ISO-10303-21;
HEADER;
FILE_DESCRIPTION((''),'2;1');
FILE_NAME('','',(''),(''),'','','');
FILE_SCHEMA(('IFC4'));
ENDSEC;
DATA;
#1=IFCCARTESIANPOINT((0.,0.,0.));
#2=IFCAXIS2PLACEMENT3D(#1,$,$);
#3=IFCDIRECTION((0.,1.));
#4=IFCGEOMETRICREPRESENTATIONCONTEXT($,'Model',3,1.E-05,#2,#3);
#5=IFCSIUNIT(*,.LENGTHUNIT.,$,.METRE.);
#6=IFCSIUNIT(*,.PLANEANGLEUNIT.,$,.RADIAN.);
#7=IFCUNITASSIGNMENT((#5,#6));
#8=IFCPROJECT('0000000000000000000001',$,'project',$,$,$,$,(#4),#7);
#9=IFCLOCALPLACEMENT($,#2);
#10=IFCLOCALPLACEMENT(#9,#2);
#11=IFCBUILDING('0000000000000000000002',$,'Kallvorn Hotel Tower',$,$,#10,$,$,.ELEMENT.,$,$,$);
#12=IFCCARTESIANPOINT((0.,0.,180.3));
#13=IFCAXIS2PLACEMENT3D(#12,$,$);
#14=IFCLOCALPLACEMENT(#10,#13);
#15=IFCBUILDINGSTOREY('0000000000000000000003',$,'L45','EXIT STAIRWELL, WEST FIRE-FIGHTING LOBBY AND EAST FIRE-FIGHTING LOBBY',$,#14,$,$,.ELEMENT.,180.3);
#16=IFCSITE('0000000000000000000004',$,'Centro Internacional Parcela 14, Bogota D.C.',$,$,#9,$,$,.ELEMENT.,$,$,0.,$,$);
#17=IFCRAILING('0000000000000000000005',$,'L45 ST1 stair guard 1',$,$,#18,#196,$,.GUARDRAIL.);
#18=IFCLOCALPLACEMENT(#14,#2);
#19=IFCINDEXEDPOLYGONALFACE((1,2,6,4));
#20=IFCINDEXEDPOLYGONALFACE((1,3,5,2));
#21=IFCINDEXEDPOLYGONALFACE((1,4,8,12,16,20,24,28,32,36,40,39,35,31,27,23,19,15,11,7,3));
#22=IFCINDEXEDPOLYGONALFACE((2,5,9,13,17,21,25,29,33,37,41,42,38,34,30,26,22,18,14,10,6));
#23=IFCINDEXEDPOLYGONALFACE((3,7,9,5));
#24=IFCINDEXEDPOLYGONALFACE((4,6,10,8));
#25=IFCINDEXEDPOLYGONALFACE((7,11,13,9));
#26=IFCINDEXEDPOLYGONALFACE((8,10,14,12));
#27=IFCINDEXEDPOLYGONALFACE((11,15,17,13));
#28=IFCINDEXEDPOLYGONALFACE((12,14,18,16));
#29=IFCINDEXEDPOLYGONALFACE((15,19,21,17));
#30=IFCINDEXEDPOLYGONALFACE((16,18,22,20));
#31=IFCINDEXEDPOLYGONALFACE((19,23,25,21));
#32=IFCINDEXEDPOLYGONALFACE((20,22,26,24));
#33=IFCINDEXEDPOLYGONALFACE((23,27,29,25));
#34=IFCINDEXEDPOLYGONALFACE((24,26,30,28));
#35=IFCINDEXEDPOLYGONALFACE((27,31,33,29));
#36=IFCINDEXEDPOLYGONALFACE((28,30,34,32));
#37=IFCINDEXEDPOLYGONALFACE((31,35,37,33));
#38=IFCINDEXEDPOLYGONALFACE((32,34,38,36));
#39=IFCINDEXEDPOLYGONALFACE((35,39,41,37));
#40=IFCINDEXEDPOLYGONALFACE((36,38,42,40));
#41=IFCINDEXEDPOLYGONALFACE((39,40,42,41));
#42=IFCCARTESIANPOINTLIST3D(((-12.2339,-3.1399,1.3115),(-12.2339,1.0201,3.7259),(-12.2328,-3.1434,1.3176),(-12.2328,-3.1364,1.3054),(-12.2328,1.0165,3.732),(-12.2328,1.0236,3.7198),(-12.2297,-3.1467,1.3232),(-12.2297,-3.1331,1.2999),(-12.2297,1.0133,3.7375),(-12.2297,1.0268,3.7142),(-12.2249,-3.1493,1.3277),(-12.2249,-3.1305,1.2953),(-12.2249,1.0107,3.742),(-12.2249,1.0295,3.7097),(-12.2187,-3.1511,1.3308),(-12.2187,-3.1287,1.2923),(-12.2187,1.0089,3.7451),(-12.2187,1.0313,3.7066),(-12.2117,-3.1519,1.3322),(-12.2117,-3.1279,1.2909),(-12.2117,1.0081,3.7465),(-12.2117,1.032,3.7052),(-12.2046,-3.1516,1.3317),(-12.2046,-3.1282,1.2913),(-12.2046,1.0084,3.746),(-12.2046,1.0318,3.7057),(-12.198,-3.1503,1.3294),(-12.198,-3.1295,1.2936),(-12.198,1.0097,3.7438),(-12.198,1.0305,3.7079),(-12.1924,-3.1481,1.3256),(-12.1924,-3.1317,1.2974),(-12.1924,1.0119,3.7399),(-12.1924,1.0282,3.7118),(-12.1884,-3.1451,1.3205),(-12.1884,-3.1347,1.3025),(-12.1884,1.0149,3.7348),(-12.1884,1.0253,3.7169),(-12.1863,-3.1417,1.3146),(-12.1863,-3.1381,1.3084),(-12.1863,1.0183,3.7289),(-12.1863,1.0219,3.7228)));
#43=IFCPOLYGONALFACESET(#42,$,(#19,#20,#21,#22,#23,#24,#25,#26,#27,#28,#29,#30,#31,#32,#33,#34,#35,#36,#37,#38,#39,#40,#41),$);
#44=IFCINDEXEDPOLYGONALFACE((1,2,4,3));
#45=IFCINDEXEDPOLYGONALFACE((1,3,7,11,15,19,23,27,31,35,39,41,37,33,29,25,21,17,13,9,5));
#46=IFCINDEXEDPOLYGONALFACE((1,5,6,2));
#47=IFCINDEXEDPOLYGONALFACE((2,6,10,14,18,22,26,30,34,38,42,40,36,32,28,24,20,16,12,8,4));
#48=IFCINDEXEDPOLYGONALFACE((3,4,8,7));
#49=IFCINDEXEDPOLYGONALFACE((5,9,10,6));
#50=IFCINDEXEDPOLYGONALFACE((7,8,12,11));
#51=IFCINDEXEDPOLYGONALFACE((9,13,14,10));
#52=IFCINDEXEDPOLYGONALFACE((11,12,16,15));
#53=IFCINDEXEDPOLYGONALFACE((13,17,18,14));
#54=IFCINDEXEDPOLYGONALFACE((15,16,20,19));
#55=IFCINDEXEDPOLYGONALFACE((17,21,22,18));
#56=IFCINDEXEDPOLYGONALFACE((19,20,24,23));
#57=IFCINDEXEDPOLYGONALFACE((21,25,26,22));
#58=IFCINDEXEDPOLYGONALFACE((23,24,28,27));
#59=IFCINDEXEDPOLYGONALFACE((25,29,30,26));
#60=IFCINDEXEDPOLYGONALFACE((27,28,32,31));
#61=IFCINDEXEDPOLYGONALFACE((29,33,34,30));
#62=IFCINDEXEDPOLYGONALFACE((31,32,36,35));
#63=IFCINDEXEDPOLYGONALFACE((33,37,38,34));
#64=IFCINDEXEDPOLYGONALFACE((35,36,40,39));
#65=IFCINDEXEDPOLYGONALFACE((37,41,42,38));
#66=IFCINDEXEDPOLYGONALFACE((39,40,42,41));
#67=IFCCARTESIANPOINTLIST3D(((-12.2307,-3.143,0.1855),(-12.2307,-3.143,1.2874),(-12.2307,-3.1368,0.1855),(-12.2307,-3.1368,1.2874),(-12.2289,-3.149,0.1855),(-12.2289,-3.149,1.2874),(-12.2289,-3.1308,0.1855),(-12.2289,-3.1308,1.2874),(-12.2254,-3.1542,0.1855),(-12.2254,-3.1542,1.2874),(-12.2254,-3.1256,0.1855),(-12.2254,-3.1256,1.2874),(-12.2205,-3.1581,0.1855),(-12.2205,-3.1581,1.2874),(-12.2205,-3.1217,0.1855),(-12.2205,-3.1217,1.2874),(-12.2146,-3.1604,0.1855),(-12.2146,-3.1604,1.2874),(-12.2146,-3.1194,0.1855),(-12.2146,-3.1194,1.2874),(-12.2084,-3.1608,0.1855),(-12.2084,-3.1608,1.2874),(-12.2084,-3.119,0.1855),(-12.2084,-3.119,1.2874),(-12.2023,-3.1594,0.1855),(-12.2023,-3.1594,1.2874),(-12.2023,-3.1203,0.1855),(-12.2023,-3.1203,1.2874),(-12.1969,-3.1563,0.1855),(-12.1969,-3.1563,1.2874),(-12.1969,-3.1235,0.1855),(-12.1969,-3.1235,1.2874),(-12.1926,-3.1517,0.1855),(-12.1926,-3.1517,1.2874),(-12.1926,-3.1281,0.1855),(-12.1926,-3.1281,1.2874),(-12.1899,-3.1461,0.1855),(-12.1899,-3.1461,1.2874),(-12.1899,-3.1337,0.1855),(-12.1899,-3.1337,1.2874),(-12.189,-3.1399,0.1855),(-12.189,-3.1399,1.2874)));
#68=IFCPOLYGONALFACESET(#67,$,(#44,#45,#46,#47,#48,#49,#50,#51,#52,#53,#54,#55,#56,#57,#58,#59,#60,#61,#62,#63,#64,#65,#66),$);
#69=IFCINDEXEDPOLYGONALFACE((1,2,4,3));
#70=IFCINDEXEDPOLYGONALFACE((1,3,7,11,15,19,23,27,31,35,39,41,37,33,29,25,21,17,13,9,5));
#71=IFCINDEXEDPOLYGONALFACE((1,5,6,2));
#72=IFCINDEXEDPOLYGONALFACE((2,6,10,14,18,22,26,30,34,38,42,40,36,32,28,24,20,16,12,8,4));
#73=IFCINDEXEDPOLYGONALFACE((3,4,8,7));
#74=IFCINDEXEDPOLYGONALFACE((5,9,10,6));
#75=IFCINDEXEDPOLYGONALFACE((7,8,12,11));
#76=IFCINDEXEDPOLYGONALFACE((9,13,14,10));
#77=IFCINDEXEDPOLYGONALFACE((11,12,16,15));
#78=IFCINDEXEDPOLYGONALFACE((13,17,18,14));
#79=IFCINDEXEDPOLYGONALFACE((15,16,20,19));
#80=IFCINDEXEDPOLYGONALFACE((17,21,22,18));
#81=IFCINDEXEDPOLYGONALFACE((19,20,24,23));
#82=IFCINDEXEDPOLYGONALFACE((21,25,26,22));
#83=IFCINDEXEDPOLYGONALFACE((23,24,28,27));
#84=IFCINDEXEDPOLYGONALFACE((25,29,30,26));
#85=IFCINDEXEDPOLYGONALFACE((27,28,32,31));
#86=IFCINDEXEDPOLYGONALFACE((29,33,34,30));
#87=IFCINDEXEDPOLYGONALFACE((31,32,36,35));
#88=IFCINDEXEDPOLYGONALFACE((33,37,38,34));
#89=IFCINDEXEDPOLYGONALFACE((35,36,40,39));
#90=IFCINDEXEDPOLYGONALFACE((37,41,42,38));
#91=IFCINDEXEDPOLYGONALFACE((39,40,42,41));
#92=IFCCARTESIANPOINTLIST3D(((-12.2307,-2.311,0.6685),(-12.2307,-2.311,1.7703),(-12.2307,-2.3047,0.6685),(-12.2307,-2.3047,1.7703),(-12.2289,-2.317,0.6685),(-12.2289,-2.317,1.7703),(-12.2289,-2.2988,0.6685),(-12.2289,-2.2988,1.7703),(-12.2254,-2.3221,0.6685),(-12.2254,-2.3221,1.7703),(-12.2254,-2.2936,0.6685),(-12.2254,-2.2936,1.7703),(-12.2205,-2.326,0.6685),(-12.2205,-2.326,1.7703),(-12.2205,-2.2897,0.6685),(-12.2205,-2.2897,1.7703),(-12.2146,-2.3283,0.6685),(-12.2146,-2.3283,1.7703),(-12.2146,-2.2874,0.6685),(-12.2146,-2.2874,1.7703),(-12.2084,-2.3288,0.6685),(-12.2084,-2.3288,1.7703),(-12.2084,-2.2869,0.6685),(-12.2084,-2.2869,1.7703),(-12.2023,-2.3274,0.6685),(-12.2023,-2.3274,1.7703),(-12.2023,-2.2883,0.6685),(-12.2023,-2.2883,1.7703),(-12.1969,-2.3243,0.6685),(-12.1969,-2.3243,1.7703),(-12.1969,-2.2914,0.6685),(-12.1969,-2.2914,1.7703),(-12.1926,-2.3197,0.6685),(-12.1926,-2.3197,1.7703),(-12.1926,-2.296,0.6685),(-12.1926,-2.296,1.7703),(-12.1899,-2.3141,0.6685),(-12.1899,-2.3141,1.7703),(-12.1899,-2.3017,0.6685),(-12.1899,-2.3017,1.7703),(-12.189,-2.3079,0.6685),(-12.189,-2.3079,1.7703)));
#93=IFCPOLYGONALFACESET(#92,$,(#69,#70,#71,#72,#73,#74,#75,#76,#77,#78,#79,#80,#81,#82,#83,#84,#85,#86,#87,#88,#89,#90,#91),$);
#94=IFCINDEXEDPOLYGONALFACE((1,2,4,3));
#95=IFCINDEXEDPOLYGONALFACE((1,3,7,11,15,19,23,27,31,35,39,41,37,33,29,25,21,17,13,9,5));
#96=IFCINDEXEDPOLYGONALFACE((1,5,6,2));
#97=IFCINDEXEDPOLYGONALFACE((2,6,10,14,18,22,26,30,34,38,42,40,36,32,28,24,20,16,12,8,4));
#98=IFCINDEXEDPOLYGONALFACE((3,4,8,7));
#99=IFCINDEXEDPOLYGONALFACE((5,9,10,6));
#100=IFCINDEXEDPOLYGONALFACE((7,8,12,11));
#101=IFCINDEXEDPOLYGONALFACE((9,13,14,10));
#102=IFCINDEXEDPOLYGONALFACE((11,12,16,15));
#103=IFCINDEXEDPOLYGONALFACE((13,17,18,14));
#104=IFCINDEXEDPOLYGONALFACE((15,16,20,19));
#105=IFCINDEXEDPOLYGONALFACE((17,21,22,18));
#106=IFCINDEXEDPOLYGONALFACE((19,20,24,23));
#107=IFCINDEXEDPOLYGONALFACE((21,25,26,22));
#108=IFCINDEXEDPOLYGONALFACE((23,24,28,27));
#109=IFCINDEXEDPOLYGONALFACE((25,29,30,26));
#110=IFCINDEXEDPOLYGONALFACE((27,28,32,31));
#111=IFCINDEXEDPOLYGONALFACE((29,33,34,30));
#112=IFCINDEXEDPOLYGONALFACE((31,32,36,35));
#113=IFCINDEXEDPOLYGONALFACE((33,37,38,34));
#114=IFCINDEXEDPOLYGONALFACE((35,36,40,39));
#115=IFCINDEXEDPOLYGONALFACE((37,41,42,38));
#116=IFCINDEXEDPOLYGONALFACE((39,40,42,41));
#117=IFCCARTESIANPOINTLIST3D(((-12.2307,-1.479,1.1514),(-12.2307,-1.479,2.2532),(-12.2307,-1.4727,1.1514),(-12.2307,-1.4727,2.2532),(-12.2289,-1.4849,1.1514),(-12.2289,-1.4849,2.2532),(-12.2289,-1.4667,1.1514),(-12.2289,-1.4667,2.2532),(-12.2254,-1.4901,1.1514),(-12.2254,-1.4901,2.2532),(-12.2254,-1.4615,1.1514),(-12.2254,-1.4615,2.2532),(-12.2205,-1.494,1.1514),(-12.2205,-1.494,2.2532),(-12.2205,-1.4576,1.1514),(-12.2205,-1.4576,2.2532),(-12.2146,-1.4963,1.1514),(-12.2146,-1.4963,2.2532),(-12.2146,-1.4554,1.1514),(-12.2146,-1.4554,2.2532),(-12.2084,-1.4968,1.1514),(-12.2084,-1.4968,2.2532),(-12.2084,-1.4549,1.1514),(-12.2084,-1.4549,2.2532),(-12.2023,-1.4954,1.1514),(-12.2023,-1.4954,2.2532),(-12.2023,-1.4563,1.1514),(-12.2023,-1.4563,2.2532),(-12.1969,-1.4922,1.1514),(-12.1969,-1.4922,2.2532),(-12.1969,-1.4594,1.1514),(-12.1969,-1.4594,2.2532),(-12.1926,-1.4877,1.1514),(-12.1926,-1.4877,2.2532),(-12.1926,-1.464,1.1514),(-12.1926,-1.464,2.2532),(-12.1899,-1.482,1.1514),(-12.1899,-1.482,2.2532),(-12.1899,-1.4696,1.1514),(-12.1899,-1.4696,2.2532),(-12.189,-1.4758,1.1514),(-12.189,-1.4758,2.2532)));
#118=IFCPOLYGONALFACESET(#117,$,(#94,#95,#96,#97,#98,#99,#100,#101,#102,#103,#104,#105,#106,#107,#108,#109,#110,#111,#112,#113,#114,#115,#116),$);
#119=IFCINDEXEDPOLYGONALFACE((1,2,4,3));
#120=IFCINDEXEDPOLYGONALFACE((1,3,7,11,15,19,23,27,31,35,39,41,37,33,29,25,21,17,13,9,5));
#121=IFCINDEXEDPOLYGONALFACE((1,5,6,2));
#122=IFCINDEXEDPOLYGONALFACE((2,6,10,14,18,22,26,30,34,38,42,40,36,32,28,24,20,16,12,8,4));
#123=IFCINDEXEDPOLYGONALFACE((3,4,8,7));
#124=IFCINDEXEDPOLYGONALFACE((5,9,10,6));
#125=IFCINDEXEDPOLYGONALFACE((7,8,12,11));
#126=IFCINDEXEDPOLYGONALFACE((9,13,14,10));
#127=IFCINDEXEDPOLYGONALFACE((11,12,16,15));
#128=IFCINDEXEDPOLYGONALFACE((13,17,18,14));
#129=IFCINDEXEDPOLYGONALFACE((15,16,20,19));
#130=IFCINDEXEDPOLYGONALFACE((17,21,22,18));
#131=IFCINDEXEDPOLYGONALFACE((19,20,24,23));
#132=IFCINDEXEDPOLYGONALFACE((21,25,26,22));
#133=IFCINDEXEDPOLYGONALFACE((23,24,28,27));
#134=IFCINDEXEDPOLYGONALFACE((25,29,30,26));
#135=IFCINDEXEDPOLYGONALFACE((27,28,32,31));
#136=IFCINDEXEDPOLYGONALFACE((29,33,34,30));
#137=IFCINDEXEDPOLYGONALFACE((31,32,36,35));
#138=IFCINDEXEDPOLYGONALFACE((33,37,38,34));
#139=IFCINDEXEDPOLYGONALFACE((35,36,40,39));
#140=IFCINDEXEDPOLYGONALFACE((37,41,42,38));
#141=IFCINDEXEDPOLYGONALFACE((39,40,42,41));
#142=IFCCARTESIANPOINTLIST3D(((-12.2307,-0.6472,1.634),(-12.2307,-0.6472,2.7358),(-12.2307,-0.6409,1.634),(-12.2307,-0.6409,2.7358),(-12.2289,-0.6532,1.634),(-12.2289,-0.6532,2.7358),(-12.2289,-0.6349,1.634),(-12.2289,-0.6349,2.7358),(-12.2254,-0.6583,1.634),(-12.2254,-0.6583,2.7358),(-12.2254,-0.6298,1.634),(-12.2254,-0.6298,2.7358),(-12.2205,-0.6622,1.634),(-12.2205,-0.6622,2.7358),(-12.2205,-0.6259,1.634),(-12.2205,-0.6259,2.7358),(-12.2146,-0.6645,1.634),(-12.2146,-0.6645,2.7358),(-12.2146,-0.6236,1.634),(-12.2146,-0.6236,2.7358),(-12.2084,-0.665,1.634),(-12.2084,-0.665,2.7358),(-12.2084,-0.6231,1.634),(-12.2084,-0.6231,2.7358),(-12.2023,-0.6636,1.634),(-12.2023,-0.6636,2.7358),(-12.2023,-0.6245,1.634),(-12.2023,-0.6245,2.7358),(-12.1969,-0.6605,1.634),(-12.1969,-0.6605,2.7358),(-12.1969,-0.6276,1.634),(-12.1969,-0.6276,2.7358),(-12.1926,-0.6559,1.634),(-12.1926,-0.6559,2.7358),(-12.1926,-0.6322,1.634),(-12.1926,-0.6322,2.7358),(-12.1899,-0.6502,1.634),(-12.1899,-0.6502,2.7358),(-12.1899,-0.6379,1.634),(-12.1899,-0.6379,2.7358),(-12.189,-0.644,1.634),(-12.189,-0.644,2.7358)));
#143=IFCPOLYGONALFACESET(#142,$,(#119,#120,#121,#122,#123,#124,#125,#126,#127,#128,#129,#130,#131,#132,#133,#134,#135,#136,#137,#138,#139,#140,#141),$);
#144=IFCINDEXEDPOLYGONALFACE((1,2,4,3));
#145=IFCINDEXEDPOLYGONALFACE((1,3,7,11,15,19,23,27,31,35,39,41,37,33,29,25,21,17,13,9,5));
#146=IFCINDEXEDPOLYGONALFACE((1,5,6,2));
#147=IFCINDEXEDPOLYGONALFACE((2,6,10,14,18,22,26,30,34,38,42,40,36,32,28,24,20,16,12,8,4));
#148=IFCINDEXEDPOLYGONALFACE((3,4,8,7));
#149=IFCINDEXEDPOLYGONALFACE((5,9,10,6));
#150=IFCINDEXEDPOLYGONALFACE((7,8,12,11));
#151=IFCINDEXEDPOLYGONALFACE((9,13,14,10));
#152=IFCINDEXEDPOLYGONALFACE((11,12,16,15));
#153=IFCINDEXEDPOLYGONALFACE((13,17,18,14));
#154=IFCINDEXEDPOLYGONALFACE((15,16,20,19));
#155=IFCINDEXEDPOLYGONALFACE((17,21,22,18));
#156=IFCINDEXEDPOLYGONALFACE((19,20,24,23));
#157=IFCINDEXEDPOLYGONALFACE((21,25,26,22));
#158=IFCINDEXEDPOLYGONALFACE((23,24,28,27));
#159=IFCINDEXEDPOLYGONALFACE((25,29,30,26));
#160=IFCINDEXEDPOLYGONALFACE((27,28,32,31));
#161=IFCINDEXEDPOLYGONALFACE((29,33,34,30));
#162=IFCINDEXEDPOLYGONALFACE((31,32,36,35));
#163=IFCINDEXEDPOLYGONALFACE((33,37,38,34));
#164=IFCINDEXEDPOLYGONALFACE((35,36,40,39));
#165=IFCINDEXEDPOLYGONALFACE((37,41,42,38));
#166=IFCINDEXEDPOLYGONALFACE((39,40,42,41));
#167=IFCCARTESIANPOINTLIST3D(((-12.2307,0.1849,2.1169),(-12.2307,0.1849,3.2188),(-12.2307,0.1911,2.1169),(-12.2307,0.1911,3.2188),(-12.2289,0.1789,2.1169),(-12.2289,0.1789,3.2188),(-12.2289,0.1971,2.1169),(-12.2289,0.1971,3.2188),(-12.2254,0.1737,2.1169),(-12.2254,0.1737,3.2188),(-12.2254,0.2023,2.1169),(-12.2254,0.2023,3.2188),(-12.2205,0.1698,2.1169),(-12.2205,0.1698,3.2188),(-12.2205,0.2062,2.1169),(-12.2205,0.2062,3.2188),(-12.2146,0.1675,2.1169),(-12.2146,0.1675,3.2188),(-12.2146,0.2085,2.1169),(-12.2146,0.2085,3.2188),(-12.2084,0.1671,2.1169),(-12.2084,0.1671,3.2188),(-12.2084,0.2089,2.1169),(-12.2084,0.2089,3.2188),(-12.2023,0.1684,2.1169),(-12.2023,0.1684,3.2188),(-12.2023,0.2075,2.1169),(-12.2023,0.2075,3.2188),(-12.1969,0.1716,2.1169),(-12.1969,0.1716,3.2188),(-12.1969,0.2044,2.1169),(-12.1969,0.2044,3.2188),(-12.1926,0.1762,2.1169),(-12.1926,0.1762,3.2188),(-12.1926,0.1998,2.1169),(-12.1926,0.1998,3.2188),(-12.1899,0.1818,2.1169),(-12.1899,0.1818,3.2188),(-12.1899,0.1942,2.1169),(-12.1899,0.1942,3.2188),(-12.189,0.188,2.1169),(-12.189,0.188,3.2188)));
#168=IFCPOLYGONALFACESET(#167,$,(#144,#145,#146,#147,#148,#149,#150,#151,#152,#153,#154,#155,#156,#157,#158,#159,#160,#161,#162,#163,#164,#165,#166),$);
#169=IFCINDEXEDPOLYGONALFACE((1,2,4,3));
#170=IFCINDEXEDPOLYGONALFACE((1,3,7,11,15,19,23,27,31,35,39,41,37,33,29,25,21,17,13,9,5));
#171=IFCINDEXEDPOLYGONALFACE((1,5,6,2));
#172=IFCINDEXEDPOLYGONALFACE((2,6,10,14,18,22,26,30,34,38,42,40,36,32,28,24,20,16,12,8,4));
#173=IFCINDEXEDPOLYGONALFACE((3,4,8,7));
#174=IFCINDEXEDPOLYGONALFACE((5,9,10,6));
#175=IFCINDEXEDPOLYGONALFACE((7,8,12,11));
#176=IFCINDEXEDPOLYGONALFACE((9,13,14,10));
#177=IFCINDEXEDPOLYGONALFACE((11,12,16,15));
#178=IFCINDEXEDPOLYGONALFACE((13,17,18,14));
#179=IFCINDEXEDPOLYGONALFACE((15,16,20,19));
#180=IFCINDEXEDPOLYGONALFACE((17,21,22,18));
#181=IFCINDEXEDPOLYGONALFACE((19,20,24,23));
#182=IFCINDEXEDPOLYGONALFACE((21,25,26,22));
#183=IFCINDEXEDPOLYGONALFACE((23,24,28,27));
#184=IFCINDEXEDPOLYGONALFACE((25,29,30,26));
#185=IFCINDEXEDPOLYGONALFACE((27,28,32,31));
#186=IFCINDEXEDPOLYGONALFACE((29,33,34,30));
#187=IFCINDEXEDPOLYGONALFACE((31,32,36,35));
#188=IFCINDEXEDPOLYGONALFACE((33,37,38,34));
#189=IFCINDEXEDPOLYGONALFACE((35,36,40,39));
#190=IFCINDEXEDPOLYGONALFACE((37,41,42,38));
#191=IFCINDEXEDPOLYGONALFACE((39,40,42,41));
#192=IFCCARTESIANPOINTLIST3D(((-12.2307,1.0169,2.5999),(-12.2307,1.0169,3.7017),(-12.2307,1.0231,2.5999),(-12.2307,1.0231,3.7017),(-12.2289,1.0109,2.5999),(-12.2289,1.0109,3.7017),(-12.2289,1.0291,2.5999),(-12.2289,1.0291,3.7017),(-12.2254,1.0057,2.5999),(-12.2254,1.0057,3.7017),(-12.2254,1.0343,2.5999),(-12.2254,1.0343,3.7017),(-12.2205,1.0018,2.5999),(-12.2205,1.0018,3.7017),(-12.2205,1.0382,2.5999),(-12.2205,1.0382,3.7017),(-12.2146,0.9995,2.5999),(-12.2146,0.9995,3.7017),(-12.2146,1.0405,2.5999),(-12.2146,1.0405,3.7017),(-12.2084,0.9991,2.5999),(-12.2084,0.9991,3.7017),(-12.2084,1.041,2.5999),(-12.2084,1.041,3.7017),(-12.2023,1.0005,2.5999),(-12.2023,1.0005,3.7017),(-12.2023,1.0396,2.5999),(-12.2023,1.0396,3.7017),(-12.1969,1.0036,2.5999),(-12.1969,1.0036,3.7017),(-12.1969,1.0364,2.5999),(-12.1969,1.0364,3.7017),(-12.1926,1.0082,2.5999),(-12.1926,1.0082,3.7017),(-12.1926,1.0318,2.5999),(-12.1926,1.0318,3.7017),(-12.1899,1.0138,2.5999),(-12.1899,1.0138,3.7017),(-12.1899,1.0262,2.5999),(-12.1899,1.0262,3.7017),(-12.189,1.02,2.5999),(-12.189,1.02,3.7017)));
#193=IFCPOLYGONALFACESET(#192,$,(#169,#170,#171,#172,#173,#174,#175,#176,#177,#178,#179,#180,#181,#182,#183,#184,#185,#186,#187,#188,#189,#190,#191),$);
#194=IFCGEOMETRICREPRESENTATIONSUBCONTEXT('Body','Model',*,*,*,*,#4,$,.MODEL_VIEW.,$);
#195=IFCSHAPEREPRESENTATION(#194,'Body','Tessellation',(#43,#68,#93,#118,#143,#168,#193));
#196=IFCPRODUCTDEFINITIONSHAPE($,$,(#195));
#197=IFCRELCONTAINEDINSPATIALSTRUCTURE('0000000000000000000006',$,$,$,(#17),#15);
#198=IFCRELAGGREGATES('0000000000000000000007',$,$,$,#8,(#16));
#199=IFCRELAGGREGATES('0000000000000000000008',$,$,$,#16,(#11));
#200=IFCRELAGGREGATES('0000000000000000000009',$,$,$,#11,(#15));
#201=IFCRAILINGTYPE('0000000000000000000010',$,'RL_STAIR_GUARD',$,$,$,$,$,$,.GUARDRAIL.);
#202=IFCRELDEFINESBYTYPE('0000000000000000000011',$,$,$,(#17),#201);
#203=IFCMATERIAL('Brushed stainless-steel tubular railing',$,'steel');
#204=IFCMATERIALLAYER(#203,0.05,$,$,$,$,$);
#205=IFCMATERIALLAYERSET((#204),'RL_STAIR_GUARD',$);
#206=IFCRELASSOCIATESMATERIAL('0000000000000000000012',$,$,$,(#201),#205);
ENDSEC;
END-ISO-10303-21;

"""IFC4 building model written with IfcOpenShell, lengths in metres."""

from ifc_helpers import new_model, si_unit, direction, frame, origin, origin_2d, place, context, subcontext, project, spatial, circle, extrude, material, layer, layer_set, type_object, element, save


model = new_model("IFC4")

# Units and contexts
model_context = context("Model", 3, precision=1e-05, world=origin(), true_north=direction((0.0, 1.0)))
body_context = subcontext(model_context, "Body", "Model", "MODEL_VIEW")
ifc_project = project(units=[si_unit("LENGTHUNIT", "METRE"), si_unit("PLANEANGLEUNIT", "RADIAN")], contexts=[model_context])

# Site, building, storey
site_placement = place(None, origin())
site = spatial("IfcSite", under=ifc_project, at=site_placement, Name="Centro Internacional Parcela 14, Bogota D.C.", CompositionType="ELEMENT", RefElevation=0.0)
building_placement = place(site_placement, origin())
building = spatial("IfcBuilding", under=site, at=building_placement, Name="Kallvorn Hotel Tower", CompositionType="ELEMENT")
storey_placement = place(building_placement, frame((0.0, 0.0, 180.3)))
storey = spatial("IfcBuildingStorey", under=building, at=storey_placement, Name="L45", Description="EXIT STAIRWELL, WEST FIRE-FIGHTING LOBBY AND EAST FIRE-FIGHTING LOBBY", CompositionType="ELEMENT", Elevation=180.3)

# Railing
ifc_material_1 = material(Name="Brushed stainless-steel tubular railing", Category="steel")
ifc_layer_1 = layer(ifc_material_1, 0.05)
ifc_layer_set_1 = layer_set([ifc_layer_1], Name="RL_STAIR_GUARD")
railing_type = type_object("IfcRailingType", Name="RL_STAIR_GUARD", PredefinedType="GUARDRAIL", material=ifc_layer_set_1)
railing_1_placement = place(storey_placement, frame((-12.21, -3.1399, 0.1855)))
element("IfcRailing", 1, at=railing_1_placement, inside=storey, type_object=railing_type, Name="L45 ST1 stair guard 1", PredefinedType="GUARDRAIL", context=body_context, shape_type="SweptSolid", body=[
    extrude(circle(Radius=0.0239, at=origin_2d()), frame((0.0, 0.0, 1.126), z_axis=(0.0, 0.864891, 0.50196), x_axis=(-1.0, 0.0, 0.0)), (0.0, 0.0, 1.0), 4.8098),
    extrude(circle(Radius=0.021, at=origin_2d()), origin(), (0.0, 0.0, 1.0), 1.1018),
    extrude(circle(Radius=0.021, at=origin_2d()), frame((0.0, 0.832, 0.4829)), (0.0, 0.0, 1.0), 1.1018),
    extrude(circle(Radius=0.021, at=origin_2d()), frame((0.0, 1.6641, 0.9658)), (0.0, 0.0, 1.0), 1.1018),
    extrude(circle(Radius=0.021, at=origin_2d()), frame((0.0, 2.4958, 1.4485)), (0.0, 0.0, 1.0), 1.1018),
    extrude(circle(Radius=0.021, at=origin_2d()), frame((0.0, 3.3279, 1.9314)), (0.0, 0.0, 1.0), 1.1018),
    extrude(circle(Radius=0.021, at=origin_2d()), frame((0.0, 4.1599, 2.4143)), (0.0, 0.0, 1.0), 1.1018),
])

save(model, "model.ifc")
